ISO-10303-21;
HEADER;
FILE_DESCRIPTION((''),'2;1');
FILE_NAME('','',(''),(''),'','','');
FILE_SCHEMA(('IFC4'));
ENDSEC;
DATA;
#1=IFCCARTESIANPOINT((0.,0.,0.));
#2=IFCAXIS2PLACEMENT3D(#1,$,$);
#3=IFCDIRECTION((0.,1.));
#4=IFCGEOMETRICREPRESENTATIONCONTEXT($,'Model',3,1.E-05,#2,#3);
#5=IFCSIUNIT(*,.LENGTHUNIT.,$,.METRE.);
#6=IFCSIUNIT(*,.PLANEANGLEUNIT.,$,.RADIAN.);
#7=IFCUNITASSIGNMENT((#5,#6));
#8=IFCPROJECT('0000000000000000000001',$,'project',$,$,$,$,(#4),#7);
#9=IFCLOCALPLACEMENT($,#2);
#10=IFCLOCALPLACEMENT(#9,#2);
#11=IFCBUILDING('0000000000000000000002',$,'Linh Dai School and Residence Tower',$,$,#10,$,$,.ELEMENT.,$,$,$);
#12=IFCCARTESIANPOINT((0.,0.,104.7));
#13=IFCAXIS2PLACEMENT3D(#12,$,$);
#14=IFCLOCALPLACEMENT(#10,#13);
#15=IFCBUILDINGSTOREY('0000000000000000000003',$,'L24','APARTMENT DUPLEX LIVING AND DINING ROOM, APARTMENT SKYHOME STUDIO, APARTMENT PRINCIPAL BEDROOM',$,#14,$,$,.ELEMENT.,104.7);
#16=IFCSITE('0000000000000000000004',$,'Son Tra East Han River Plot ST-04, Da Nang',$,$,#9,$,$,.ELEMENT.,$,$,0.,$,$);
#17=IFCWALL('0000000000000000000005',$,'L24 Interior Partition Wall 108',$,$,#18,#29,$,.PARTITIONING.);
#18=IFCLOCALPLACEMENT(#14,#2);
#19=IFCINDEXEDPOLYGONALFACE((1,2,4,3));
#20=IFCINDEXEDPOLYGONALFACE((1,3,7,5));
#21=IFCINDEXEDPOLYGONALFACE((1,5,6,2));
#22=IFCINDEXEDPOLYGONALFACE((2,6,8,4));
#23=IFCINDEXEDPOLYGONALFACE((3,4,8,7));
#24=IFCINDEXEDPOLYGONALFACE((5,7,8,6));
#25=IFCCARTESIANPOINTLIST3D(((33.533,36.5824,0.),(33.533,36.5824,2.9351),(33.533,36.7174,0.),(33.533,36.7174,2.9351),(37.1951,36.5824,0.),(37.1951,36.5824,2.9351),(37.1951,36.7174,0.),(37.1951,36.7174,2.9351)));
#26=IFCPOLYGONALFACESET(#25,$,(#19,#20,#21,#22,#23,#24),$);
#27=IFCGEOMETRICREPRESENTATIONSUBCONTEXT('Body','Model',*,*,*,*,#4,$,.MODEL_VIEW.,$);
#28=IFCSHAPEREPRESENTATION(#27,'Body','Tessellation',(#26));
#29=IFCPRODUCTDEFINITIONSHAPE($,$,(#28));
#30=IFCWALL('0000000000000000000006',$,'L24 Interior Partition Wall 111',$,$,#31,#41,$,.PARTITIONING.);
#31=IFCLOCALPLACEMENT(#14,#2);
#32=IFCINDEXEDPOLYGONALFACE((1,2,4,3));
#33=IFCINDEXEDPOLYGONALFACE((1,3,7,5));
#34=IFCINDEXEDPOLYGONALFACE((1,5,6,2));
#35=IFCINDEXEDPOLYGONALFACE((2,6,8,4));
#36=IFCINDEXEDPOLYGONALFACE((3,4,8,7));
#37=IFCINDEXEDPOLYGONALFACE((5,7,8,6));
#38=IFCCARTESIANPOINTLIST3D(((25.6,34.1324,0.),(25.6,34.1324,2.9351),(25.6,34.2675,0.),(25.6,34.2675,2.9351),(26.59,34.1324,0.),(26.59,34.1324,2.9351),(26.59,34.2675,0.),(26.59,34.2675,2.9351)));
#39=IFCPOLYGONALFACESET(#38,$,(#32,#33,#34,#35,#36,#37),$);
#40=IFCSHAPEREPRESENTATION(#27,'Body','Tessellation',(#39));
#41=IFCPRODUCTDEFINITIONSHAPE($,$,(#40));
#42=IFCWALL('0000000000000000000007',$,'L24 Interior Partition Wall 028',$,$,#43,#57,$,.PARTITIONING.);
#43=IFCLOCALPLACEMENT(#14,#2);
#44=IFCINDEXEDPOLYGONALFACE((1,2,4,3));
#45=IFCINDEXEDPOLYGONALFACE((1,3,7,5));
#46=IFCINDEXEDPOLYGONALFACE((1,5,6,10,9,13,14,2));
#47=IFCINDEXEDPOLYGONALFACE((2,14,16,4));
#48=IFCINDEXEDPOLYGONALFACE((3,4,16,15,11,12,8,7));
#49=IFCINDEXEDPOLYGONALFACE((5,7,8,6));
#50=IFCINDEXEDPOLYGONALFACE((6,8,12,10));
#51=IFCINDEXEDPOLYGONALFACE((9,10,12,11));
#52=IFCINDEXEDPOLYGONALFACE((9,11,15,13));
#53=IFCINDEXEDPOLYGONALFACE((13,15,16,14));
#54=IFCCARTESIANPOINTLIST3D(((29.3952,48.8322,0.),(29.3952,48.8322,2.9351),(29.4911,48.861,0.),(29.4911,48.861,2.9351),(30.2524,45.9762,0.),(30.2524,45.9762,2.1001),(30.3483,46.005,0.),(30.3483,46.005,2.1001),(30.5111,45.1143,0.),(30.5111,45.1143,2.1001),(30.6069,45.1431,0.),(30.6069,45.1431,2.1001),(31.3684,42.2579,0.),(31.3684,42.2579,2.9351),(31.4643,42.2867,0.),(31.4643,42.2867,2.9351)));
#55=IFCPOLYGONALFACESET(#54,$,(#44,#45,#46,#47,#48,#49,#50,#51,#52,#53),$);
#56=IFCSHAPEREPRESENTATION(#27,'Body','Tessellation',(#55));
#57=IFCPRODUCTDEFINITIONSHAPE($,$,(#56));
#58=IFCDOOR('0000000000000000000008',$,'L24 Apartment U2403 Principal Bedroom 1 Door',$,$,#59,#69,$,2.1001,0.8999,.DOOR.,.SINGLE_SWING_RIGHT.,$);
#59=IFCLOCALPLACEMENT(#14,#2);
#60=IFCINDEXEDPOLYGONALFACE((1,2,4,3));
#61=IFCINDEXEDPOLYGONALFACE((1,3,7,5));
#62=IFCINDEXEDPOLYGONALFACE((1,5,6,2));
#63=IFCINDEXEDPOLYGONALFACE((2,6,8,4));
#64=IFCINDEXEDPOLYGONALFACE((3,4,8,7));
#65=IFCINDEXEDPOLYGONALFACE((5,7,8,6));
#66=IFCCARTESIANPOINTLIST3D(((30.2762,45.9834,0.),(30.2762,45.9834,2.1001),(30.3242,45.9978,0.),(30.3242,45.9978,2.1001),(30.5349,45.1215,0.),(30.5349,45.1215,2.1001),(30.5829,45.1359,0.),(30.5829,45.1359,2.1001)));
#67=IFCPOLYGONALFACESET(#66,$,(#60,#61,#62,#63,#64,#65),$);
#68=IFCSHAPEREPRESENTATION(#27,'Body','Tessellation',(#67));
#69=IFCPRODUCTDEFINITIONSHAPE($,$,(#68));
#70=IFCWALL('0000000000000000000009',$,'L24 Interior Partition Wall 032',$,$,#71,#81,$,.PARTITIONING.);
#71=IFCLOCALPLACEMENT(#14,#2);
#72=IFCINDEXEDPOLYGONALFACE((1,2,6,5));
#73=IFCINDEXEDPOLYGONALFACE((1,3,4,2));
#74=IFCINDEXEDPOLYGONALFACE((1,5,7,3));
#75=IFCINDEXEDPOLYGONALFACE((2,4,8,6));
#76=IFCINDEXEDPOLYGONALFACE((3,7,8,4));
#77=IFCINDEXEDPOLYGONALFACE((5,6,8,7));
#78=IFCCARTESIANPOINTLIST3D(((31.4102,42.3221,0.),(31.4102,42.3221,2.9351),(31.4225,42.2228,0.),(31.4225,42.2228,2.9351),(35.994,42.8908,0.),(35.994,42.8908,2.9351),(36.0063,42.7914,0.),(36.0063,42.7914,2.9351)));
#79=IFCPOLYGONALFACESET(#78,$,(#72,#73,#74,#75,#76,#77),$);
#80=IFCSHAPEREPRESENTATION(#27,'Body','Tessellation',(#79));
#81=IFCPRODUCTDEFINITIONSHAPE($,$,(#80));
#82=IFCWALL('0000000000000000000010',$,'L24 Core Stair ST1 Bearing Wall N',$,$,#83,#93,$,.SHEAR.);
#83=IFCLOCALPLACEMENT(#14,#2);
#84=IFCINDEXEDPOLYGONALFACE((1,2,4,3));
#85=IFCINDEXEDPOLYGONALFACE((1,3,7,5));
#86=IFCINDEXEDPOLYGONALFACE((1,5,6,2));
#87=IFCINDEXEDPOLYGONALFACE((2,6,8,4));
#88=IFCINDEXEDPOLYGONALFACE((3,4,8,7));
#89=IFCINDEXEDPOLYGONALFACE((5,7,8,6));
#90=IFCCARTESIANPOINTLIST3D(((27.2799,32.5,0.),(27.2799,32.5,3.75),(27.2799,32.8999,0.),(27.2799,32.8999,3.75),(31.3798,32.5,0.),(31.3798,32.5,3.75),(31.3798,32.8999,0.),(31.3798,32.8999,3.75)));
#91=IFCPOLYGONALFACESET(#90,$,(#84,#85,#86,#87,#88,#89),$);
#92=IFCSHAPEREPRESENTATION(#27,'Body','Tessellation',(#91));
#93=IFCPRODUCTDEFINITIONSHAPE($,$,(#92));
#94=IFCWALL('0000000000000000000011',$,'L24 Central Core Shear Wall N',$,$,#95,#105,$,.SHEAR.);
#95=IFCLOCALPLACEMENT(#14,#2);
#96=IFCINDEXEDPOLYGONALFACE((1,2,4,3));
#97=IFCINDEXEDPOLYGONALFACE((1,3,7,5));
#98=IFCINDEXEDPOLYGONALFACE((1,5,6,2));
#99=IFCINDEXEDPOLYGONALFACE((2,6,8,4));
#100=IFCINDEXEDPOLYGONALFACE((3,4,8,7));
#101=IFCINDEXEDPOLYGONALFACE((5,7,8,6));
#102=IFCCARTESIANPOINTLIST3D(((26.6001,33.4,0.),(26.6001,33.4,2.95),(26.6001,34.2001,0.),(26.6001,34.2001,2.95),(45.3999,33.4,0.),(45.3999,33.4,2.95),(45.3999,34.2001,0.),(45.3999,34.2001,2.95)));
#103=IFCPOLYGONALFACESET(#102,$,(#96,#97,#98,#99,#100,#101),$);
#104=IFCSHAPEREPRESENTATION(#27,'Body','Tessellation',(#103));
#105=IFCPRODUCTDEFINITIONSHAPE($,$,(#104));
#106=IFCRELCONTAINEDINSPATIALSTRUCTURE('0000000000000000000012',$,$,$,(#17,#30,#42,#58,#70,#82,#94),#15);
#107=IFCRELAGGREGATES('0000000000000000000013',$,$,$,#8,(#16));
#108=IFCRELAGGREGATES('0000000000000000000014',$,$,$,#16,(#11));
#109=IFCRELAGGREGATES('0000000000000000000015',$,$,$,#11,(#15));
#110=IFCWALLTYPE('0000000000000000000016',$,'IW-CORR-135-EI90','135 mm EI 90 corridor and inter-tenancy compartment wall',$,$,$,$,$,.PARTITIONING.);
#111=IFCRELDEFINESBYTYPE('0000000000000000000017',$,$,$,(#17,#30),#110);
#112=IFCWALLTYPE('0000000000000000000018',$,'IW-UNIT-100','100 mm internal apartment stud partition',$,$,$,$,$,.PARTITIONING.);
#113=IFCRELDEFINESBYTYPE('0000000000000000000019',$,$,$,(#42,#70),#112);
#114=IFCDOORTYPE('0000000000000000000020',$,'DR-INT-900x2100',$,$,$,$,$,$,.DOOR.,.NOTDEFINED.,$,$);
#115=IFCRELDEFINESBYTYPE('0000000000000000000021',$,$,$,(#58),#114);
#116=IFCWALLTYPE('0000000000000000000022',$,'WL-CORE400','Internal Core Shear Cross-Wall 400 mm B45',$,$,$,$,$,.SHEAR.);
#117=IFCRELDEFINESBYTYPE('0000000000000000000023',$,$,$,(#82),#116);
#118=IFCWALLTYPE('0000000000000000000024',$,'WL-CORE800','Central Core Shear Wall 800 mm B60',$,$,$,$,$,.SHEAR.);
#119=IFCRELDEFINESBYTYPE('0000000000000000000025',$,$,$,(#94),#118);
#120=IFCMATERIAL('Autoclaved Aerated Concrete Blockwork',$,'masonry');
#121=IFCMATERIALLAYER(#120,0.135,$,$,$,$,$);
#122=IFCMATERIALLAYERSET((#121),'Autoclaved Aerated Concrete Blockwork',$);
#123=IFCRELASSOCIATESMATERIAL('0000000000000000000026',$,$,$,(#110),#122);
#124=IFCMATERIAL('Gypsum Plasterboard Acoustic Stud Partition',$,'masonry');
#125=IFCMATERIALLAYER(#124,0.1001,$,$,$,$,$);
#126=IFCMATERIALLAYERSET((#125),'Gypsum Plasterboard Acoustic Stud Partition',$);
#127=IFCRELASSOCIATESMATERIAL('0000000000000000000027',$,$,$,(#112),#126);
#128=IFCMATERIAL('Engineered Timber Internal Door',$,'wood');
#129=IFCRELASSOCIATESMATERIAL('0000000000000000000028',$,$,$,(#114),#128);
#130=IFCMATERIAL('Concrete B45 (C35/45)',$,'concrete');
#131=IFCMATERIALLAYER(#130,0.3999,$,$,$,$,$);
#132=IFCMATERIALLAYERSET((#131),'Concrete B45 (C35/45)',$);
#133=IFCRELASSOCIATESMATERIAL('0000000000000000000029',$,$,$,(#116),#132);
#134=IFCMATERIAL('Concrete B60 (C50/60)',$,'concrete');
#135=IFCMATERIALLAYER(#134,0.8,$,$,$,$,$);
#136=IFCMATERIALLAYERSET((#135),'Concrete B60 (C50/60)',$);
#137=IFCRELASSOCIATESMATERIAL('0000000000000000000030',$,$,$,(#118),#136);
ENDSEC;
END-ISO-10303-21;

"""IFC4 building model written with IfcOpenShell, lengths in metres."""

from ifc_helpers import new_model, si_unit, direction, frame, frame_2d, origin, origin_2d, place, context, subcontext, project, spatial, rectangle, extrude, source, transform, mapped, material, layer, layer_set, type_object, element, fill, save


model = new_model("IFC4")

# Units and contexts
model_context = context("Model", 3, precision=1e-05, world=origin(), true_north=direction((0.0, 1.0)))
body_context = subcontext(model_context, "Body", "Model", "MODEL_VIEW")
ifc_project = project(units=[si_unit("LENGTHUNIT", "METRE"), si_unit("PLANEANGLEUNIT", "RADIAN")], contexts=[model_context])

# Site, building, storey
site_placement = place(None, origin())
site = spatial("IfcSite", under=ifc_project, at=site_placement, Name="Son Tra East Han River Plot ST-04, Da Nang", CompositionType="ELEMENT", RefElevation=0.0)
building_placement = place(site_placement, origin())
building = spatial("IfcBuilding", under=site, at=building_placement, Name="Linh Dai School and Residence Tower", CompositionType="ELEMENT")
storey_placement = place(building_placement, frame((0.0, 0.0, 104.7)))
storey = spatial("IfcBuildingStorey", under=building, at=storey_placement, Name="L24", Description="APARTMENT DUPLEX LIVING AND DINING ROOM, APARTMENT SKYHOME STUDIO, APARTMENT PRINCIPAL BEDROOM", CompositionType="ELEMENT", Elevation=104.7)

# Walls
ifc_material_1 = material(Name="Autoclaved Aerated Concrete Blockwork", Category="masonry")
ifc_layer_1 = layer(ifc_material_1, 0.135)
ifc_layer_set_1 = layer_set([ifc_layer_1], Name="Autoclaved Aerated Concrete Blockwork")
wall_type_1 = type_object("IfcWallType", Name="IW-CORR-135-EI90", Description="135 mm EI 90 corridor and inter-tenancy compartment wall", PredefinedType="PARTITIONING", material=ifc_layer_set_1)
wall_1_placement = place(storey_placement, frame((33.533, 36.6499, 0.0), z_axis=(0.0, 0.0, 1.0), x_axis=(1.0, 0.0, 0.0)))
element("IfcWall", 1, at=wall_1_placement, inside=storey, type_object=wall_type_1, Name="L24 Interior Partition Wall 108", PredefinedType="PARTITIONING", context=body_context, shape_type="SweptSolid", body=[
    extrude(rectangle(XDim=3.6621, YDim=0.135, at=frame_2d((1.8311, 0.0))), origin(), (0.0, 0.0, 1.0), 2.9351),
])
wall_2_placement = place(storey_placement, frame((26.5901, 34.2, 0.0), z_axis=(0.0, 0.0, 1.0), x_axis=(-1.0, 0.0, 0.0)))
element("IfcWall", 2, at=wall_2_placement, inside=storey, type_object=wall_type_1, Name="L24 Interior Partition Wall 111", PredefinedType="PARTITIONING", context=body_context, shape_type="SweptSolid", body=[
    extrude(rectangle(XDim=0.99, YDim=0.135, at=frame_2d((0.4951, 0.0))), origin(), (0.0, 0.0, 1.0), 2.9351),
])

# Wall, opening, door
ifc_material_2 = material(Name="Gypsum Plasterboard Acoustic Stud Partition", Category="masonry")
ifc_layer_2 = layer(ifc_material_2, 0.1001)
ifc_layer_set_2 = layer_set([ifc_layer_2], Name="Gypsum Plasterboard Acoustic Stud Partition")
wall_type_2 = type_object("IfcWallType", Name="IW-UNIT-100", Description="100 mm internal apartment stud partition", PredefinedType="PARTITIONING", material=ifc_layer_set_2)
wall_3_placement = place(storey_placement, frame((29.4431, 48.8467, 0.0), z_axis=(0.0, 0.0, 1.0), x_axis=(0.287465, -0.957791, 0.0)))
wall_3 = element("IfcWall", 3, at=wall_3_placement, inside=storey, type_object=wall_type_2, Name="L24 Interior Partition Wall 028", PredefinedType="PARTITIONING", context=body_context, shape_type="SweptSolid", body=[
    extrude(rectangle(XDim=6.864, YDim=0.1001, at=frame_2d((3.4321, 0.0))), origin(), (0.0, 0.0, 1.0), 2.9351),
])
opening_1_placement = place(wall_3_placement, frame((2.9819, 0.0, 0.0)))
opening_1 = element("IfcOpeningElement", 4, at=opening_1_placement, cuts=wall_3, PredefinedType="OPENING", context=body_context, shape_type="SweptSolid", body=[
    extrude(rectangle(XDim=0.8999, YDim=2.1001, at=origin_2d()), frame((0.45, 0.0601, 1.05), z_axis=(0.0, -1.0, 0.0), x_axis=(1.0, 0.0, 0.0)), (0.0, 0.0, 1.0), 0.1201),
])
ifc_material_3 = material(Name="Engineered Timber Internal Door", Category="wood")
door_type = type_object("IfcDoorType", Name="DR-INT-900x2100", OperationType="NOTDEFINED", PredefinedType="DOOR", material=ifc_material_3)
shared_shape_1 = source(origin(), body_context, "Body", "SweptSolid", [
    extrude(rectangle(XDim=0.8999, YDim=2.1001, at=origin_2d()), frame((0.45, 0.0249, 1.05), z_axis=(0.0, -1.0, 0.0), x_axis=(1.0, 0.0, 0.0)), (0.0, 0.0, 1.0), 0.05),
])
door_placement = place(opening_1_placement, origin())
door = element("IfcDoor", 5, at=door_placement, inside=storey, type_object=door_type, Name="L24 Apartment U2403 Principal Bedroom 1 Door", OperationType="SINGLE_SWING_RIGHT", OverallHeight=2.1001, OverallWidth=0.8999, PredefinedType="DOOR", context=body_context, shape_type="MappedRepresentation", body=[
    mapped(shared_shape_1, transform((0.0, 0.0, 0.0), x_axis=(1.0, 0.0, 0.0), y_axis=(0.0, 1.0, 0.0), z_axis=(0.0, 0.0, 1.0), scale=1.0)),
])
fill(opening_1, door)

# Walls
wall_4_placement = place(storey_placement, frame((31.4163, 42.2725, 0.0), z_axis=(0.0, 0.0, 1.0), x_axis=(0.992394, 0.123104, 0.0)))
element("IfcWall", 6, at=wall_4_placement, inside=storey, type_object=wall_type_2, Name="L24 Interior Partition Wall 032", PredefinedType="PARTITIONING", context=body_context, shape_type="SweptSolid", body=[
    extrude(rectangle(XDim=4.6189, YDim=0.1001, at=frame_2d((2.3096, 0.0))), origin(), (0.0, 0.0, 1.0), 2.9351),
])
ifc_material_4 = material(Name="Concrete B45 (C35/45)", Category="concrete")
ifc_layer_3 = layer(ifc_material_4, 0.3999)
ifc_layer_set_3 = layer_set([ifc_layer_3], Name="Concrete B45 (C35/45)")
wall_type_3 = type_object("IfcWallType", Name="WL-CORE400", Description="Internal Core Shear Cross-Wall 400 mm B45", PredefinedType="SHEAR", material=ifc_layer_set_3)
wall_5_placement = place(storey_placement, frame((27.28, 32.7, 0.0), z_axis=(0.0, 0.0, 1.0), x_axis=(1.0, 0.0, 0.0)))
element("IfcWall", 7, at=wall_5_placement, inside=storey, type_object=wall_type_3, Name="L24 Core Stair ST1 Bearing Wall N", PredefinedType="SHEAR", context=body_context, shape_type="SweptSolid", body=[
    extrude(rectangle(XDim=4.0999, YDim=0.3999, at=frame_2d((2.0498, 0.0))), origin(), (0.0, 0.0, 1.0), 3.75),
])
ifc_material_5 = material(Name="Concrete B60 (C50/60)", Category="concrete")
ifc_layer_4 = layer(ifc_material_5, 0.8)
ifc_layer_set_4 = layer_set([ifc_layer_4], Name="Concrete B60 (C50/60)")
wall_type_4 = type_object("IfcWallType", Name="WL-CORE800", Description="Central Core Shear Wall 800 mm B60", PredefinedType="SHEAR", material=ifc_layer_set_4)
wall_6_placement = place(storey_placement, frame((26.6001, 33.8, 0.0), z_axis=(0.0, 0.0, 1.0), x_axis=(1.0, 0.0, 0.0)))
element("IfcWall", 8, at=wall_6_placement, inside=storey, type_object=wall_type_4, Name="L24 Central Core Shear Wall N", PredefinedType="SHEAR", context=body_context, shape_type="SweptSolid", body=[
    extrude(rectangle(XDim=18.7998, YDim=0.8, at=frame_2d((9.3999, 0.0))), origin(), (0.0, 0.0, 1.0), 2.95),
])

save(model, "model.ifc")
